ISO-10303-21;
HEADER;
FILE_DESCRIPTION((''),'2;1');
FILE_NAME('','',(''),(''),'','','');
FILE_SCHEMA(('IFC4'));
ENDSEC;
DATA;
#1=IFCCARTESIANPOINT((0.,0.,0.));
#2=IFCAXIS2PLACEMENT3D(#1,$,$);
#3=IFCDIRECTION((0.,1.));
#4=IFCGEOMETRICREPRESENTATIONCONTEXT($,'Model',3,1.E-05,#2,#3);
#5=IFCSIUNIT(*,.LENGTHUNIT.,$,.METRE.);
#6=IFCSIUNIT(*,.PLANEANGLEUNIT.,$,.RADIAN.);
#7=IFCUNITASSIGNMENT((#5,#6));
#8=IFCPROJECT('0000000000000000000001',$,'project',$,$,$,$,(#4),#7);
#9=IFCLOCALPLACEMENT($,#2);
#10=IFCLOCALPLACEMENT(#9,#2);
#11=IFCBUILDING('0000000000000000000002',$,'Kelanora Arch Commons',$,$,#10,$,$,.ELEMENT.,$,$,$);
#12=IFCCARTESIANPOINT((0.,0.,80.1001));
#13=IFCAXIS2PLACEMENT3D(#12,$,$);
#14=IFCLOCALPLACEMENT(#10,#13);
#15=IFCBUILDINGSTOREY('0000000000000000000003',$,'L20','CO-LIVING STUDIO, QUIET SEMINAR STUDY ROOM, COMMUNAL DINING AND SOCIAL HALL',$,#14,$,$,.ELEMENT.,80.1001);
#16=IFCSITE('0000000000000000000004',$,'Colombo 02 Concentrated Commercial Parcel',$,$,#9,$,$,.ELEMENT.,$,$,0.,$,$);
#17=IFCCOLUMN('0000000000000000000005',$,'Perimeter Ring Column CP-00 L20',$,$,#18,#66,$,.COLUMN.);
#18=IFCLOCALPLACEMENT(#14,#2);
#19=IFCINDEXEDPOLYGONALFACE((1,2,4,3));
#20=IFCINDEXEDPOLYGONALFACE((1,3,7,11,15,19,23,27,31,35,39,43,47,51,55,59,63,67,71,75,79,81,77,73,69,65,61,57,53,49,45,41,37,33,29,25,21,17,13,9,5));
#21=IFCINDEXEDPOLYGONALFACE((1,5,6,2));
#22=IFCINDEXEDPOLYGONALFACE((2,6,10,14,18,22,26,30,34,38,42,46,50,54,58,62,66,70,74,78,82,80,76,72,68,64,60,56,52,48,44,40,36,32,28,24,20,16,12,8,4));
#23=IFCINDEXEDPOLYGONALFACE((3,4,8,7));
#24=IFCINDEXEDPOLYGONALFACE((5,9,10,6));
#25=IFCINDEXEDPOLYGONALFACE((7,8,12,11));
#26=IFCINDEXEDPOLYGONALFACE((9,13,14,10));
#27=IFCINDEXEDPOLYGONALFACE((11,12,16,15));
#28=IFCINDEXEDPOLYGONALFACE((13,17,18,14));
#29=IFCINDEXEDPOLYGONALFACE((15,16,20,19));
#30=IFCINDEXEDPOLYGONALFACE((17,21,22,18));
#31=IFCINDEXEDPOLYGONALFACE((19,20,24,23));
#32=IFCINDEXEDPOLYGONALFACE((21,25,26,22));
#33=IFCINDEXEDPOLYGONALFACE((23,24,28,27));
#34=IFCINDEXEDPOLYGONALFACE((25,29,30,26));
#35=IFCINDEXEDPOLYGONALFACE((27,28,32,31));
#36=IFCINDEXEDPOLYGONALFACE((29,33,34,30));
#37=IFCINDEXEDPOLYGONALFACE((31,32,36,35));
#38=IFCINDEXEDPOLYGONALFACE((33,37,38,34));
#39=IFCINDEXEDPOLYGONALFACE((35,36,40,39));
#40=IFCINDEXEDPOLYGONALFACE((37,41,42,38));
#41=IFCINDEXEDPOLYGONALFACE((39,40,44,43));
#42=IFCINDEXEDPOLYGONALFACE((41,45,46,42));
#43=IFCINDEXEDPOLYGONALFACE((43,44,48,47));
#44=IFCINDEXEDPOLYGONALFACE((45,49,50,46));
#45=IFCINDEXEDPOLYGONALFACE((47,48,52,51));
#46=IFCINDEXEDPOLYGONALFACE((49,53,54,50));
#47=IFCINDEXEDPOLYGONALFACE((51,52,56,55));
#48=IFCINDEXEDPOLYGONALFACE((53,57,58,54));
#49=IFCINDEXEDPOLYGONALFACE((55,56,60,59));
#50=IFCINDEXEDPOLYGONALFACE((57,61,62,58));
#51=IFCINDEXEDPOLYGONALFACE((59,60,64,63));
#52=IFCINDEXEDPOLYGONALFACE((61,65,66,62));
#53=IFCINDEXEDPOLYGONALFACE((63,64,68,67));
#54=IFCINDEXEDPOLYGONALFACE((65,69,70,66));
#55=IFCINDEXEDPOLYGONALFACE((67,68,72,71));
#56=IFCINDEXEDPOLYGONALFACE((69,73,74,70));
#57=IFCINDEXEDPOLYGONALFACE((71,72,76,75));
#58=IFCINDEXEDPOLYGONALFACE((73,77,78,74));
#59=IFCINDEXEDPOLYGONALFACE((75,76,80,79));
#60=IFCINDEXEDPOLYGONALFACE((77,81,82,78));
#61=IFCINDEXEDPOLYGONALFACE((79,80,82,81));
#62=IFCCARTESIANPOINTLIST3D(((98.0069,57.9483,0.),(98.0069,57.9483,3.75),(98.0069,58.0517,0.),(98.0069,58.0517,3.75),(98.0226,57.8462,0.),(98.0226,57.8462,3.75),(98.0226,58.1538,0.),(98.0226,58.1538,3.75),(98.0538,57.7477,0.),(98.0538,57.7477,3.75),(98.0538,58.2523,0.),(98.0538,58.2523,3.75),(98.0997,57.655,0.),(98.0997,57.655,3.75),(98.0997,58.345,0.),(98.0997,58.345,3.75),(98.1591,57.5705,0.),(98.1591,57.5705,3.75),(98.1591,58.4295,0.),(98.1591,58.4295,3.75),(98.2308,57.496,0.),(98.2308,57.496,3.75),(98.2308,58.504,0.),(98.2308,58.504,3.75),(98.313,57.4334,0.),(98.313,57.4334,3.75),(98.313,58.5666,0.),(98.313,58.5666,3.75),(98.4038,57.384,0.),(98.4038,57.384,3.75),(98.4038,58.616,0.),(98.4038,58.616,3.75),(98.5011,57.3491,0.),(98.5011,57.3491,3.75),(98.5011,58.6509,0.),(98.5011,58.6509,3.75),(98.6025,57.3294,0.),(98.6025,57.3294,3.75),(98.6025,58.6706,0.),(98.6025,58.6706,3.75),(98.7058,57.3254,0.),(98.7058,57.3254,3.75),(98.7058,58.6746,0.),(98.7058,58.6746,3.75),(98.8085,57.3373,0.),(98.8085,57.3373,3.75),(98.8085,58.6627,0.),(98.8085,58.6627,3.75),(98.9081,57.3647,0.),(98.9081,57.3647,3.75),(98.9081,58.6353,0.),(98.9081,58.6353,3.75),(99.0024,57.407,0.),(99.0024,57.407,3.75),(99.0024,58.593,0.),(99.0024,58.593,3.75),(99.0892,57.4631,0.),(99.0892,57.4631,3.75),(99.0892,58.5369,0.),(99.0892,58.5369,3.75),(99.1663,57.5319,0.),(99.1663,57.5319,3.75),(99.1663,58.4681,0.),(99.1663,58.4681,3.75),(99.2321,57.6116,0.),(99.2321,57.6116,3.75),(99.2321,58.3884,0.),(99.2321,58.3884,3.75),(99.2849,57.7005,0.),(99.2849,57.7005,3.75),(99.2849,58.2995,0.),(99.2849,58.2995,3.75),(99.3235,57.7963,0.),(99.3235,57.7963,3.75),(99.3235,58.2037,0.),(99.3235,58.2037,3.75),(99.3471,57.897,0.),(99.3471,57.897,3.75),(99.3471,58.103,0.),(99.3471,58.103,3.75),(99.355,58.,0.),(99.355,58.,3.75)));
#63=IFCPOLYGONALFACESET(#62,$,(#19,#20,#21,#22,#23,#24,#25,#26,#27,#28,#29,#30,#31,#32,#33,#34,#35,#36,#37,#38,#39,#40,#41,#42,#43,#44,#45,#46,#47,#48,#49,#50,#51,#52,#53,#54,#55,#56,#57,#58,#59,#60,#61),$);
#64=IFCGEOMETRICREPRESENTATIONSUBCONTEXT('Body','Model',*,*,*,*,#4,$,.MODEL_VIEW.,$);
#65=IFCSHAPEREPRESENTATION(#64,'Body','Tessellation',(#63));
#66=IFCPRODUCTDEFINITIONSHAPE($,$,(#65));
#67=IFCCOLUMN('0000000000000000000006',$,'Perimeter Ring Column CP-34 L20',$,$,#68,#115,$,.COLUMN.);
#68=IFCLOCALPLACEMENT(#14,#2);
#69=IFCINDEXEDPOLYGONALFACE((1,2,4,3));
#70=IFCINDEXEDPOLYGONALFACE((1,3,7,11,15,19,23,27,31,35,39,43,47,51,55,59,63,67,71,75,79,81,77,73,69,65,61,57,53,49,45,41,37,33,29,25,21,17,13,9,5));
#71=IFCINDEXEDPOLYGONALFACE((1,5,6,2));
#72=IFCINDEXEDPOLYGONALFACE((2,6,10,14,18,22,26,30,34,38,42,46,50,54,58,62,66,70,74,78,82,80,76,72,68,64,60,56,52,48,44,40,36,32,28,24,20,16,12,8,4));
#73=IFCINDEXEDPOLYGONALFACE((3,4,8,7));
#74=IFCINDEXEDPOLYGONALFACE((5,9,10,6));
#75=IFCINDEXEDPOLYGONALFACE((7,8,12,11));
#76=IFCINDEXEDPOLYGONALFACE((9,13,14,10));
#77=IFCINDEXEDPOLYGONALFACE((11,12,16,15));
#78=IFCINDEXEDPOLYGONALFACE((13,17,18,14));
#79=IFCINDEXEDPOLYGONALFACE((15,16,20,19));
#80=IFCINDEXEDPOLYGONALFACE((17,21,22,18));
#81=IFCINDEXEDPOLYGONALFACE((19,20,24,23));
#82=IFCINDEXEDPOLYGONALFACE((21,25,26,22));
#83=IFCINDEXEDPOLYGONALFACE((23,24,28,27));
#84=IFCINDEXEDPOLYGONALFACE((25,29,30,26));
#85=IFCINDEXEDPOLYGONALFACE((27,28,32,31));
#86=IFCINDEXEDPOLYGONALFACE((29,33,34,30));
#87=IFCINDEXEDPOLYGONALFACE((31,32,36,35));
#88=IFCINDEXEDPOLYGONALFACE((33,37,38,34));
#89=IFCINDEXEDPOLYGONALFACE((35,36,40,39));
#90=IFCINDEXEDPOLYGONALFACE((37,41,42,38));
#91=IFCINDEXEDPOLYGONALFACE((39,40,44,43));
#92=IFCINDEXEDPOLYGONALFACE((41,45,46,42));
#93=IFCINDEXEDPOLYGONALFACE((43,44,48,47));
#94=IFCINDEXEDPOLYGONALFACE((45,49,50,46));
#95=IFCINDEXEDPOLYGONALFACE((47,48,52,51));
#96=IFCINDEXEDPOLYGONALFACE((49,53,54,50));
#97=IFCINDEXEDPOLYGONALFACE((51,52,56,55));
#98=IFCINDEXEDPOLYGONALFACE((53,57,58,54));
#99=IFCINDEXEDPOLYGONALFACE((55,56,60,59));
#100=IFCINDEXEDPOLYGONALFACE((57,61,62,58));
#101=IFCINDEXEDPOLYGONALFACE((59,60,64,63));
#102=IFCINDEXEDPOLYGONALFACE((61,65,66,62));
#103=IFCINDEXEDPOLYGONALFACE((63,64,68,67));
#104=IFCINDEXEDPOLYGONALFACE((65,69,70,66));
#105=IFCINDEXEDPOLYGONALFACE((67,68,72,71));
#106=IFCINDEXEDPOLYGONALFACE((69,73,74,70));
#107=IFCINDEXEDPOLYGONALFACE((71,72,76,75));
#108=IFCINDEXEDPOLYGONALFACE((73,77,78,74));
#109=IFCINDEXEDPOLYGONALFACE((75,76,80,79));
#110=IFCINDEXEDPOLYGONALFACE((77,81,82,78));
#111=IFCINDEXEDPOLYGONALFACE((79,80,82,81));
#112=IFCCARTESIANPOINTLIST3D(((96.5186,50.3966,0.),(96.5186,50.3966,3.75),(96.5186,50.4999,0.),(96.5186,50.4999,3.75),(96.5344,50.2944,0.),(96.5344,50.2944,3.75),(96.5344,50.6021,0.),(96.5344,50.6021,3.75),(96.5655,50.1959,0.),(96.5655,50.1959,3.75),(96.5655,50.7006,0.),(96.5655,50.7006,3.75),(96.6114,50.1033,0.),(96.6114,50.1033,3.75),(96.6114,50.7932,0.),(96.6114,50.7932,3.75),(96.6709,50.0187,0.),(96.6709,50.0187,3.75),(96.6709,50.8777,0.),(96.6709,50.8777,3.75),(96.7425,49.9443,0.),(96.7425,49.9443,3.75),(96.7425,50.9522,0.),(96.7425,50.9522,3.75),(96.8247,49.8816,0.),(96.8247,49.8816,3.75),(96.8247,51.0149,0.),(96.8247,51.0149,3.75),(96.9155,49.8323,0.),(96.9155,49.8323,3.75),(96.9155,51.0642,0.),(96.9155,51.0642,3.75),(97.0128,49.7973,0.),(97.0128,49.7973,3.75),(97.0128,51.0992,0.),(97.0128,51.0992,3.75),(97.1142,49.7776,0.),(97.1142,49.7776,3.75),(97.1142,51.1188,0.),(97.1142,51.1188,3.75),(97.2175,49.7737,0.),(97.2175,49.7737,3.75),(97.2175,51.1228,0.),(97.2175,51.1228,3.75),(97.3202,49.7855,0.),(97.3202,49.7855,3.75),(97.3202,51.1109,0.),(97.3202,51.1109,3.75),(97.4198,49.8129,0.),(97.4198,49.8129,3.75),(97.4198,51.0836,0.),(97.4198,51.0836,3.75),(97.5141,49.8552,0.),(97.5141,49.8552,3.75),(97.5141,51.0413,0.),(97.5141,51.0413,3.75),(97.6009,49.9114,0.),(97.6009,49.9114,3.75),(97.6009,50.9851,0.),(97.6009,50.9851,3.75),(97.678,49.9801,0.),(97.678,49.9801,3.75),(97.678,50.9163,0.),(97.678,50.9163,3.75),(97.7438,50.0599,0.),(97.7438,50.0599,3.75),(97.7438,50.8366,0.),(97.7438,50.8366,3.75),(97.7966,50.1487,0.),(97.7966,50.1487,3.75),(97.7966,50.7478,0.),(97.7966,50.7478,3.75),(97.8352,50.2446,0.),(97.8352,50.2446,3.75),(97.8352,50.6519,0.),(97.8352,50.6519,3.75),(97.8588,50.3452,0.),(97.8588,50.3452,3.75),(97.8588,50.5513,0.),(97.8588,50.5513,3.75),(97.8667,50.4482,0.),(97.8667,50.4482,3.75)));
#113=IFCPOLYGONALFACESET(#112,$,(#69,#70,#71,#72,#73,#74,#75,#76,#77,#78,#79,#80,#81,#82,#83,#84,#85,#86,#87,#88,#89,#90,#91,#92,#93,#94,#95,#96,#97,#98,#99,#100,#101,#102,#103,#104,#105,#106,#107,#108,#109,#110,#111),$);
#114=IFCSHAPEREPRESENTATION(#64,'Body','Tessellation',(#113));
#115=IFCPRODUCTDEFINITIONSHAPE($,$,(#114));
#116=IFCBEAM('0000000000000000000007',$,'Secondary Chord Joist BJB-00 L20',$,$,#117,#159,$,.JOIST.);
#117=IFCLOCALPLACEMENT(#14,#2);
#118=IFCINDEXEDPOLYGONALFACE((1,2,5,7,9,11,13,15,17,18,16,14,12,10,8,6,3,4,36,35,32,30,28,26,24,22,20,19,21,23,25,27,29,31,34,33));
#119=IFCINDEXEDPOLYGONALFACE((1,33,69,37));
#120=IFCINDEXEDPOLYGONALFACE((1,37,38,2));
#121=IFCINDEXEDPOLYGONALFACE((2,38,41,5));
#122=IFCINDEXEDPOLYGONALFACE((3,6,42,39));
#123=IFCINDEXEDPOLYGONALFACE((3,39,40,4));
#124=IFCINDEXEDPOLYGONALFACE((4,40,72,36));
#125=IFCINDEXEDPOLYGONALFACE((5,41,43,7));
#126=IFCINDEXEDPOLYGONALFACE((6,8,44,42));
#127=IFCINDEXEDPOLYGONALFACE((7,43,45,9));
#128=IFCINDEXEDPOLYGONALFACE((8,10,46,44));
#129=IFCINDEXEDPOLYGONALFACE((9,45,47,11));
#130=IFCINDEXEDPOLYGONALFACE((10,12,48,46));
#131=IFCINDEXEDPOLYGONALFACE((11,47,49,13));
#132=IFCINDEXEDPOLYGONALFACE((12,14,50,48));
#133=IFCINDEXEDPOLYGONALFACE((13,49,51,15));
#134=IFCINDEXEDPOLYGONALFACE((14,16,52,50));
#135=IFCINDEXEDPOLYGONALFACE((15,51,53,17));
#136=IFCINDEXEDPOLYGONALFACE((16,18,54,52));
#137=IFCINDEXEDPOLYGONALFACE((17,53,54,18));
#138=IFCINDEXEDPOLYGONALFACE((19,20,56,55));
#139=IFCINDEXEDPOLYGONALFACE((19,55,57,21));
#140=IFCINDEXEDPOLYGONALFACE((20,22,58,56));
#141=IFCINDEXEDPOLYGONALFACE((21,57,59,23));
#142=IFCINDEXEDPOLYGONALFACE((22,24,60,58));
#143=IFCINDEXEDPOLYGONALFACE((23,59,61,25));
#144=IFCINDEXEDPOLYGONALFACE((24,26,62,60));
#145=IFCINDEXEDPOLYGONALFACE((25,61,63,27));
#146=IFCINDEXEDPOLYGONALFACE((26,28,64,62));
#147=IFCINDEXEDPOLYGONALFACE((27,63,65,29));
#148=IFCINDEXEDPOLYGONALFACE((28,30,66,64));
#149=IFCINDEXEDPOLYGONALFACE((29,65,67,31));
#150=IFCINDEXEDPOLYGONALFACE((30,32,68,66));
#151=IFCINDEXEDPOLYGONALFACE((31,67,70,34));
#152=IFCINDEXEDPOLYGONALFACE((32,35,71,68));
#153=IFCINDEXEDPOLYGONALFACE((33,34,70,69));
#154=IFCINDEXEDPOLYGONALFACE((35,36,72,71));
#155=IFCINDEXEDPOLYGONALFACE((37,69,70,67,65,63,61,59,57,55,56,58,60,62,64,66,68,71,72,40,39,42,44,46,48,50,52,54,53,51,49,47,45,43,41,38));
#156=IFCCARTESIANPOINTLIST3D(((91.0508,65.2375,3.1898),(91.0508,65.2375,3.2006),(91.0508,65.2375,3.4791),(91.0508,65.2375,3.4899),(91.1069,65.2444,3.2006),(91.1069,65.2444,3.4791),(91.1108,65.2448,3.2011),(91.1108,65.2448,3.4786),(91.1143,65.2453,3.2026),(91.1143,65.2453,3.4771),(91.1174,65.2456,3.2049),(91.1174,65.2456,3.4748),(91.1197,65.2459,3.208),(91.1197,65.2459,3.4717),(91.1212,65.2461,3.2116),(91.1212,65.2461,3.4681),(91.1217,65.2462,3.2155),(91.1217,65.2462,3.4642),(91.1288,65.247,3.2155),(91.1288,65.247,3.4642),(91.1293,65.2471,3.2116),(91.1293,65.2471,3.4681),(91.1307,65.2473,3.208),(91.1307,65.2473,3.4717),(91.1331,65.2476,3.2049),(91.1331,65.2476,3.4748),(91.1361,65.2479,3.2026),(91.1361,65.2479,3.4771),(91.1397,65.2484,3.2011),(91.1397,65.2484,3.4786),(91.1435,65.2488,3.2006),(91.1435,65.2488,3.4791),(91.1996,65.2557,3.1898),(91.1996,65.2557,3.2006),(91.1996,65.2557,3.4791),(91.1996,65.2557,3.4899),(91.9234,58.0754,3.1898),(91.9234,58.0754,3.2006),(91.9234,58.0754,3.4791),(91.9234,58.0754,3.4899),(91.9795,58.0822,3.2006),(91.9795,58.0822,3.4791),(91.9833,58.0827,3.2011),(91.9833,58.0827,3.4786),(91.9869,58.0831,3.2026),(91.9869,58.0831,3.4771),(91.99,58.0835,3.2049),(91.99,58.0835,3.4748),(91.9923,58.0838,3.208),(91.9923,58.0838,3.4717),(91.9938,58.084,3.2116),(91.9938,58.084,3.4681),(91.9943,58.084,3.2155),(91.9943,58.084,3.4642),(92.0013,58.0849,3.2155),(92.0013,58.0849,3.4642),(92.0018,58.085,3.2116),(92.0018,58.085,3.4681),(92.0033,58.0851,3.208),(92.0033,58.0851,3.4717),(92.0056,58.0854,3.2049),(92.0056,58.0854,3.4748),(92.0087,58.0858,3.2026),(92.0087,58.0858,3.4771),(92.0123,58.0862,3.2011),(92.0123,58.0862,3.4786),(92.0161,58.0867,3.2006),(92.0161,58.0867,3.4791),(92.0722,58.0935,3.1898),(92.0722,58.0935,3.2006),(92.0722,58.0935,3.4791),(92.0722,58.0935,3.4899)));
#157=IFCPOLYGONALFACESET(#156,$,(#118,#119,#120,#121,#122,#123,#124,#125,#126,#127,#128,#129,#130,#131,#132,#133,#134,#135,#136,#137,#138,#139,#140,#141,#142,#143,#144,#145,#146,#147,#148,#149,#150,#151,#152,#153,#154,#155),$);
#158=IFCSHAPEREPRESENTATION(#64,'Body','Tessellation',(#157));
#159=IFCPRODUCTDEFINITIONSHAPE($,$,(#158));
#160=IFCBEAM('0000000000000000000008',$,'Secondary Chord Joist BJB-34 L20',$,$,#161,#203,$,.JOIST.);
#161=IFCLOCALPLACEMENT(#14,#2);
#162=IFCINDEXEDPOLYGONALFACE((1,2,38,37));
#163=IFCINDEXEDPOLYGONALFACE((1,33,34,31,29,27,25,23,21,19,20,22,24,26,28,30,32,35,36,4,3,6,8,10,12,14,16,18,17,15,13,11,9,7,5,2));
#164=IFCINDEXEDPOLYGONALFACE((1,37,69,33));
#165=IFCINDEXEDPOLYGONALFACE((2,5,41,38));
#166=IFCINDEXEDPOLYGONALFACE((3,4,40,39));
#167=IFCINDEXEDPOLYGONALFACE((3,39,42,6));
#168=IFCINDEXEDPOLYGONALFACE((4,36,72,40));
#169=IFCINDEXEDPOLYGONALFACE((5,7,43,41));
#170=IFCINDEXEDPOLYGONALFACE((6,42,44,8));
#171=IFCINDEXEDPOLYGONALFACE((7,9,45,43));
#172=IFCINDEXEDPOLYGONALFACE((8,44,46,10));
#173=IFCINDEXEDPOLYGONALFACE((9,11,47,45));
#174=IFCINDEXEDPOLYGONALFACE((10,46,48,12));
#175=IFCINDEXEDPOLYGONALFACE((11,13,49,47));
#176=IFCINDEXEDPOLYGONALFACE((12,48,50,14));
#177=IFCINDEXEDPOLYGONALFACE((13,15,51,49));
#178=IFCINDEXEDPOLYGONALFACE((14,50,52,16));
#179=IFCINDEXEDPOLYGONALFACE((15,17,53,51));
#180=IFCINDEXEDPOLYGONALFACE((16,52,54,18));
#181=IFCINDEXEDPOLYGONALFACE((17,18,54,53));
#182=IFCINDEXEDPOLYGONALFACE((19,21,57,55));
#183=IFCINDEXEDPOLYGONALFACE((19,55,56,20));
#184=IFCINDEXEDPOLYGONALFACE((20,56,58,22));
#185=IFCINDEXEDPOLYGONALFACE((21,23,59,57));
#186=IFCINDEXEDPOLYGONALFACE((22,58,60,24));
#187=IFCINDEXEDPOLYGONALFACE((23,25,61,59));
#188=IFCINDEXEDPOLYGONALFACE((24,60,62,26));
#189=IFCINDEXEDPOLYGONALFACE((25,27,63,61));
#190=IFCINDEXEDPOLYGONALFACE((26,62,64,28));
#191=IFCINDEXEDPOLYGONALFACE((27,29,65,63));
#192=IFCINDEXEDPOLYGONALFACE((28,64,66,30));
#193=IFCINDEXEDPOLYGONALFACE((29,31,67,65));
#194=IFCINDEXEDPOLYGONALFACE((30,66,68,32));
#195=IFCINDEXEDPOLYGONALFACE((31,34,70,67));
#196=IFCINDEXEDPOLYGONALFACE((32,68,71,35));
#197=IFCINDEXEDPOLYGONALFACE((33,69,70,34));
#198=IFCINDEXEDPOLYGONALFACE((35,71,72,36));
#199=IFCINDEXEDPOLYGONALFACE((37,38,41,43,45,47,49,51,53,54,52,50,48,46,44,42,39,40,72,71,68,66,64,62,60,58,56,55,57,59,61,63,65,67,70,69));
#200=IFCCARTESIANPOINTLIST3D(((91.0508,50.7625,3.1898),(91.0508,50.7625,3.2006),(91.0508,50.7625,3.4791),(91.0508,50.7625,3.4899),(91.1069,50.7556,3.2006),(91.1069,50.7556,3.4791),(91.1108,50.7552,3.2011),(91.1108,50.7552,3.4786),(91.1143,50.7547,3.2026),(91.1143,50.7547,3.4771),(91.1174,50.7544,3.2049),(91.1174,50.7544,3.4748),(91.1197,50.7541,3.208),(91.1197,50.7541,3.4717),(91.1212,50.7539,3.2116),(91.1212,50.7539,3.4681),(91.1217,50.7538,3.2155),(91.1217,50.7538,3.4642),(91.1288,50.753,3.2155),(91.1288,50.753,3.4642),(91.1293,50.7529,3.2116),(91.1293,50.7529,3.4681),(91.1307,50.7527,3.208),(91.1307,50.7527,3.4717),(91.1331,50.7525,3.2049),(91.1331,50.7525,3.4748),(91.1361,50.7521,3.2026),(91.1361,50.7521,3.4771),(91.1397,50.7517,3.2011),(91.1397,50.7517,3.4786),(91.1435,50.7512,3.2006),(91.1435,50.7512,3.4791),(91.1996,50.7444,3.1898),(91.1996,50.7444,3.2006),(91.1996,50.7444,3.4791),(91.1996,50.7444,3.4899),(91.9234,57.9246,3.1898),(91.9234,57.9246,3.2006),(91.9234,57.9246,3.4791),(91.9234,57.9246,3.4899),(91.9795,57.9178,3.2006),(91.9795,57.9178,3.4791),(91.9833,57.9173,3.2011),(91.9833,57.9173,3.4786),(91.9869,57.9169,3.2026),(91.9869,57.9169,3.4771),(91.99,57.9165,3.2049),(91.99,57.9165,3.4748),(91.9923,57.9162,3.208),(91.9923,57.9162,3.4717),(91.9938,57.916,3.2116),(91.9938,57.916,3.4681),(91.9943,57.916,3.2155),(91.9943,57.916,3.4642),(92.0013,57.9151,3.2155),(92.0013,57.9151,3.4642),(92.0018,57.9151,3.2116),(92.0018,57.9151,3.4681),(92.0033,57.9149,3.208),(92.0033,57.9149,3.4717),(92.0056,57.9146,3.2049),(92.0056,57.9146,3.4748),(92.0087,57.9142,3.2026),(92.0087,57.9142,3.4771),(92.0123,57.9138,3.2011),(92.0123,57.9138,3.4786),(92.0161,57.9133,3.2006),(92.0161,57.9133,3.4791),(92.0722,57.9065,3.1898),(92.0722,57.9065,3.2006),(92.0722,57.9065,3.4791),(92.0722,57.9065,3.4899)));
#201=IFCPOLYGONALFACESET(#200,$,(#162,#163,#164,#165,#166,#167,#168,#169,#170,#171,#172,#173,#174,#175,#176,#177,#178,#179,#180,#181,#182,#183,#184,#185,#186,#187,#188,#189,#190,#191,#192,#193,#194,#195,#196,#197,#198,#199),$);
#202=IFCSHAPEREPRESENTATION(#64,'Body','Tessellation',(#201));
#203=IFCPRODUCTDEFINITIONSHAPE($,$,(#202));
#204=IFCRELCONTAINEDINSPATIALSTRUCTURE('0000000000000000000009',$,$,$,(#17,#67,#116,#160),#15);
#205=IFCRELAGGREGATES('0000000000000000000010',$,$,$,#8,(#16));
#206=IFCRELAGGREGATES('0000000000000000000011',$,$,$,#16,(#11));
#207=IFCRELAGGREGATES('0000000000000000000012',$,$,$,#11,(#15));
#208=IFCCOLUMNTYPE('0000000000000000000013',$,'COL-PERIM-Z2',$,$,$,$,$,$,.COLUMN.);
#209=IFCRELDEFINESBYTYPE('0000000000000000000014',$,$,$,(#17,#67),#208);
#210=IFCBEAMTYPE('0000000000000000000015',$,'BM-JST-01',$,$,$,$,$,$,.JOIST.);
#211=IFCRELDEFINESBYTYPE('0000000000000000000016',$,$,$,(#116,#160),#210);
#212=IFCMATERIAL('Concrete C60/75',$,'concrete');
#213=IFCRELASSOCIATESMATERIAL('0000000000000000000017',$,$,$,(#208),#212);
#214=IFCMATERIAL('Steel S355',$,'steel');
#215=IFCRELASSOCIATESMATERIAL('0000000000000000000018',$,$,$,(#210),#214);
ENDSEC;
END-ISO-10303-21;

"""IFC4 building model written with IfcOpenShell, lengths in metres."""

from ifc_helpers import new_model, si_unit, direction, frame, origin, origin_2d, place, context, subcontext, project, spatial, circle, i_section, extrude, material, material_profile, profile_set, type_object, element, save


model = new_model("IFC4")

# Units and contexts
model_context = context("Model", 3, precision=1e-05, world=origin(), true_north=direction((0.0, 1.0)))
body_context = subcontext(model_context, "Body", "Model", "MODEL_VIEW")
ifc_project = project(units=[si_unit("LENGTHUNIT", "METRE"), si_unit("PLANEANGLEUNIT", "RADIAN")], contexts=[model_context])

# Site, building, storey
site_placement = place(None, origin())
site = spatial("IfcSite", under=ifc_project, at=site_placement, Name="Colombo 02 Concentrated Commercial Parcel", CompositionType="ELEMENT", RefElevation=0.0)
building_placement = place(site_placement, origin())
building = spatial("IfcBuilding", under=site, at=building_placement, Name="Kelanora Arch Commons", CompositionType="ELEMENT")
storey_placement = place(building_placement, frame((0.0, 0.0, 80.1001)))
storey = spatial("IfcBuildingStorey", under=building, at=storey_placement, Name="L20", Description="CO-LIVING STUDIO, QUIET SEMINAR STUDY ROOM, COMMUNAL DINING AND SOCIAL HALL", CompositionType="ELEMENT", Elevation=80.1001)

# Columns
ifc_material_1 = material(Name="Concrete C60/75", Category="concrete")
ifc_material_profile_1 = material_profile(ifc_material_1, circle(Radius=0.675, at=origin_2d()), Name="RCC1350")
ifc_profile_set_1 = profile_set([ifc_material_profile_1], Name="Concrete C60/75")
column_type = type_object("IfcColumnType", Name="COL-PERIM-Z2", PredefinedType="COLUMN", material=ifc_profile_set_1)
for number, where, z_axis, x_axis, name in (
    (1, (98.6799, 58.0, 0.0), (0.0, 0.0, 1.0), (1.0, 0.0, 0.0), "Perimeter Ring Column CP-00 L20"),
    (2, (97.1917, 50.4482, 0.0), (0.0, 0.0, 1.0), (1.0, 0.0, 0.0), "Perimeter Ring Column CP-34 L20"),
):
    element("IfcColumn", number, at=place(storey_placement, frame(where, z_axis=z_axis, x_axis=x_axis)), inside=storey, type_object=column_type, Name=name, PredefinedType="COLUMN", context=body_context, shape_type="SweptSolid", body=[
        extrude(circle(Radius=0.675, at=origin_2d()), origin(), (0.0, 0.0, 1.0), 3.75),
    ])

# Beams
ifc_material_2 = material(Name="Steel S355", Category="steel")
ifc_material_profile_2 = material_profile(ifc_material_2, i_section(OverallWidth=0.1499, OverallDepth=0.3, WebThickness=0.0071, FlangeThickness=0.0107, FilletRadius=0.0149, at=origin_2d()), Name="IPE300")
ifc_profile_set_2 = profile_set([ifc_material_profile_2], Name="Steel S355")
beam_type_1 = type_object("IfcBeamType", Name="BM-JST-01", PredefinedType="JOIST", material=ifc_profile_set_2)
for number, where, z_axis, x_axis, name in (
    (3, (91.9978, 58.0845, 3.3398), (-0.120936, 0.99266, 0.0), (-0.99266, -0.120936, 0.0), "Secondary Chord Joist BJB-00 L20"),
    (4, (91.1252, 50.7534, 3.3398), (0.120936, 0.99266, 0.0), (-0.99266, 0.120936, 0.0), "Secondary Chord Joist BJB-34 L20"),
):
    element("IfcBeam", number, at=place(storey_placement, frame(where, z_axis=z_axis, x_axis=x_axis)), inside=storey, type_object=beam_type_1, Name=name, PredefinedType="JOIST", context=body_context, shape_type="SweptSolid", body=[
        extrude(i_section(OverallWidth=0.1499, OverallDepth=0.3, WebThickness=0.0071, FlangeThickness=0.0107, FilletRadius=0.0149, at=origin_2d()), origin(), (0.0, 0.0, 1.0), 7.2151),
    ])

save(model, "model.ifc")
